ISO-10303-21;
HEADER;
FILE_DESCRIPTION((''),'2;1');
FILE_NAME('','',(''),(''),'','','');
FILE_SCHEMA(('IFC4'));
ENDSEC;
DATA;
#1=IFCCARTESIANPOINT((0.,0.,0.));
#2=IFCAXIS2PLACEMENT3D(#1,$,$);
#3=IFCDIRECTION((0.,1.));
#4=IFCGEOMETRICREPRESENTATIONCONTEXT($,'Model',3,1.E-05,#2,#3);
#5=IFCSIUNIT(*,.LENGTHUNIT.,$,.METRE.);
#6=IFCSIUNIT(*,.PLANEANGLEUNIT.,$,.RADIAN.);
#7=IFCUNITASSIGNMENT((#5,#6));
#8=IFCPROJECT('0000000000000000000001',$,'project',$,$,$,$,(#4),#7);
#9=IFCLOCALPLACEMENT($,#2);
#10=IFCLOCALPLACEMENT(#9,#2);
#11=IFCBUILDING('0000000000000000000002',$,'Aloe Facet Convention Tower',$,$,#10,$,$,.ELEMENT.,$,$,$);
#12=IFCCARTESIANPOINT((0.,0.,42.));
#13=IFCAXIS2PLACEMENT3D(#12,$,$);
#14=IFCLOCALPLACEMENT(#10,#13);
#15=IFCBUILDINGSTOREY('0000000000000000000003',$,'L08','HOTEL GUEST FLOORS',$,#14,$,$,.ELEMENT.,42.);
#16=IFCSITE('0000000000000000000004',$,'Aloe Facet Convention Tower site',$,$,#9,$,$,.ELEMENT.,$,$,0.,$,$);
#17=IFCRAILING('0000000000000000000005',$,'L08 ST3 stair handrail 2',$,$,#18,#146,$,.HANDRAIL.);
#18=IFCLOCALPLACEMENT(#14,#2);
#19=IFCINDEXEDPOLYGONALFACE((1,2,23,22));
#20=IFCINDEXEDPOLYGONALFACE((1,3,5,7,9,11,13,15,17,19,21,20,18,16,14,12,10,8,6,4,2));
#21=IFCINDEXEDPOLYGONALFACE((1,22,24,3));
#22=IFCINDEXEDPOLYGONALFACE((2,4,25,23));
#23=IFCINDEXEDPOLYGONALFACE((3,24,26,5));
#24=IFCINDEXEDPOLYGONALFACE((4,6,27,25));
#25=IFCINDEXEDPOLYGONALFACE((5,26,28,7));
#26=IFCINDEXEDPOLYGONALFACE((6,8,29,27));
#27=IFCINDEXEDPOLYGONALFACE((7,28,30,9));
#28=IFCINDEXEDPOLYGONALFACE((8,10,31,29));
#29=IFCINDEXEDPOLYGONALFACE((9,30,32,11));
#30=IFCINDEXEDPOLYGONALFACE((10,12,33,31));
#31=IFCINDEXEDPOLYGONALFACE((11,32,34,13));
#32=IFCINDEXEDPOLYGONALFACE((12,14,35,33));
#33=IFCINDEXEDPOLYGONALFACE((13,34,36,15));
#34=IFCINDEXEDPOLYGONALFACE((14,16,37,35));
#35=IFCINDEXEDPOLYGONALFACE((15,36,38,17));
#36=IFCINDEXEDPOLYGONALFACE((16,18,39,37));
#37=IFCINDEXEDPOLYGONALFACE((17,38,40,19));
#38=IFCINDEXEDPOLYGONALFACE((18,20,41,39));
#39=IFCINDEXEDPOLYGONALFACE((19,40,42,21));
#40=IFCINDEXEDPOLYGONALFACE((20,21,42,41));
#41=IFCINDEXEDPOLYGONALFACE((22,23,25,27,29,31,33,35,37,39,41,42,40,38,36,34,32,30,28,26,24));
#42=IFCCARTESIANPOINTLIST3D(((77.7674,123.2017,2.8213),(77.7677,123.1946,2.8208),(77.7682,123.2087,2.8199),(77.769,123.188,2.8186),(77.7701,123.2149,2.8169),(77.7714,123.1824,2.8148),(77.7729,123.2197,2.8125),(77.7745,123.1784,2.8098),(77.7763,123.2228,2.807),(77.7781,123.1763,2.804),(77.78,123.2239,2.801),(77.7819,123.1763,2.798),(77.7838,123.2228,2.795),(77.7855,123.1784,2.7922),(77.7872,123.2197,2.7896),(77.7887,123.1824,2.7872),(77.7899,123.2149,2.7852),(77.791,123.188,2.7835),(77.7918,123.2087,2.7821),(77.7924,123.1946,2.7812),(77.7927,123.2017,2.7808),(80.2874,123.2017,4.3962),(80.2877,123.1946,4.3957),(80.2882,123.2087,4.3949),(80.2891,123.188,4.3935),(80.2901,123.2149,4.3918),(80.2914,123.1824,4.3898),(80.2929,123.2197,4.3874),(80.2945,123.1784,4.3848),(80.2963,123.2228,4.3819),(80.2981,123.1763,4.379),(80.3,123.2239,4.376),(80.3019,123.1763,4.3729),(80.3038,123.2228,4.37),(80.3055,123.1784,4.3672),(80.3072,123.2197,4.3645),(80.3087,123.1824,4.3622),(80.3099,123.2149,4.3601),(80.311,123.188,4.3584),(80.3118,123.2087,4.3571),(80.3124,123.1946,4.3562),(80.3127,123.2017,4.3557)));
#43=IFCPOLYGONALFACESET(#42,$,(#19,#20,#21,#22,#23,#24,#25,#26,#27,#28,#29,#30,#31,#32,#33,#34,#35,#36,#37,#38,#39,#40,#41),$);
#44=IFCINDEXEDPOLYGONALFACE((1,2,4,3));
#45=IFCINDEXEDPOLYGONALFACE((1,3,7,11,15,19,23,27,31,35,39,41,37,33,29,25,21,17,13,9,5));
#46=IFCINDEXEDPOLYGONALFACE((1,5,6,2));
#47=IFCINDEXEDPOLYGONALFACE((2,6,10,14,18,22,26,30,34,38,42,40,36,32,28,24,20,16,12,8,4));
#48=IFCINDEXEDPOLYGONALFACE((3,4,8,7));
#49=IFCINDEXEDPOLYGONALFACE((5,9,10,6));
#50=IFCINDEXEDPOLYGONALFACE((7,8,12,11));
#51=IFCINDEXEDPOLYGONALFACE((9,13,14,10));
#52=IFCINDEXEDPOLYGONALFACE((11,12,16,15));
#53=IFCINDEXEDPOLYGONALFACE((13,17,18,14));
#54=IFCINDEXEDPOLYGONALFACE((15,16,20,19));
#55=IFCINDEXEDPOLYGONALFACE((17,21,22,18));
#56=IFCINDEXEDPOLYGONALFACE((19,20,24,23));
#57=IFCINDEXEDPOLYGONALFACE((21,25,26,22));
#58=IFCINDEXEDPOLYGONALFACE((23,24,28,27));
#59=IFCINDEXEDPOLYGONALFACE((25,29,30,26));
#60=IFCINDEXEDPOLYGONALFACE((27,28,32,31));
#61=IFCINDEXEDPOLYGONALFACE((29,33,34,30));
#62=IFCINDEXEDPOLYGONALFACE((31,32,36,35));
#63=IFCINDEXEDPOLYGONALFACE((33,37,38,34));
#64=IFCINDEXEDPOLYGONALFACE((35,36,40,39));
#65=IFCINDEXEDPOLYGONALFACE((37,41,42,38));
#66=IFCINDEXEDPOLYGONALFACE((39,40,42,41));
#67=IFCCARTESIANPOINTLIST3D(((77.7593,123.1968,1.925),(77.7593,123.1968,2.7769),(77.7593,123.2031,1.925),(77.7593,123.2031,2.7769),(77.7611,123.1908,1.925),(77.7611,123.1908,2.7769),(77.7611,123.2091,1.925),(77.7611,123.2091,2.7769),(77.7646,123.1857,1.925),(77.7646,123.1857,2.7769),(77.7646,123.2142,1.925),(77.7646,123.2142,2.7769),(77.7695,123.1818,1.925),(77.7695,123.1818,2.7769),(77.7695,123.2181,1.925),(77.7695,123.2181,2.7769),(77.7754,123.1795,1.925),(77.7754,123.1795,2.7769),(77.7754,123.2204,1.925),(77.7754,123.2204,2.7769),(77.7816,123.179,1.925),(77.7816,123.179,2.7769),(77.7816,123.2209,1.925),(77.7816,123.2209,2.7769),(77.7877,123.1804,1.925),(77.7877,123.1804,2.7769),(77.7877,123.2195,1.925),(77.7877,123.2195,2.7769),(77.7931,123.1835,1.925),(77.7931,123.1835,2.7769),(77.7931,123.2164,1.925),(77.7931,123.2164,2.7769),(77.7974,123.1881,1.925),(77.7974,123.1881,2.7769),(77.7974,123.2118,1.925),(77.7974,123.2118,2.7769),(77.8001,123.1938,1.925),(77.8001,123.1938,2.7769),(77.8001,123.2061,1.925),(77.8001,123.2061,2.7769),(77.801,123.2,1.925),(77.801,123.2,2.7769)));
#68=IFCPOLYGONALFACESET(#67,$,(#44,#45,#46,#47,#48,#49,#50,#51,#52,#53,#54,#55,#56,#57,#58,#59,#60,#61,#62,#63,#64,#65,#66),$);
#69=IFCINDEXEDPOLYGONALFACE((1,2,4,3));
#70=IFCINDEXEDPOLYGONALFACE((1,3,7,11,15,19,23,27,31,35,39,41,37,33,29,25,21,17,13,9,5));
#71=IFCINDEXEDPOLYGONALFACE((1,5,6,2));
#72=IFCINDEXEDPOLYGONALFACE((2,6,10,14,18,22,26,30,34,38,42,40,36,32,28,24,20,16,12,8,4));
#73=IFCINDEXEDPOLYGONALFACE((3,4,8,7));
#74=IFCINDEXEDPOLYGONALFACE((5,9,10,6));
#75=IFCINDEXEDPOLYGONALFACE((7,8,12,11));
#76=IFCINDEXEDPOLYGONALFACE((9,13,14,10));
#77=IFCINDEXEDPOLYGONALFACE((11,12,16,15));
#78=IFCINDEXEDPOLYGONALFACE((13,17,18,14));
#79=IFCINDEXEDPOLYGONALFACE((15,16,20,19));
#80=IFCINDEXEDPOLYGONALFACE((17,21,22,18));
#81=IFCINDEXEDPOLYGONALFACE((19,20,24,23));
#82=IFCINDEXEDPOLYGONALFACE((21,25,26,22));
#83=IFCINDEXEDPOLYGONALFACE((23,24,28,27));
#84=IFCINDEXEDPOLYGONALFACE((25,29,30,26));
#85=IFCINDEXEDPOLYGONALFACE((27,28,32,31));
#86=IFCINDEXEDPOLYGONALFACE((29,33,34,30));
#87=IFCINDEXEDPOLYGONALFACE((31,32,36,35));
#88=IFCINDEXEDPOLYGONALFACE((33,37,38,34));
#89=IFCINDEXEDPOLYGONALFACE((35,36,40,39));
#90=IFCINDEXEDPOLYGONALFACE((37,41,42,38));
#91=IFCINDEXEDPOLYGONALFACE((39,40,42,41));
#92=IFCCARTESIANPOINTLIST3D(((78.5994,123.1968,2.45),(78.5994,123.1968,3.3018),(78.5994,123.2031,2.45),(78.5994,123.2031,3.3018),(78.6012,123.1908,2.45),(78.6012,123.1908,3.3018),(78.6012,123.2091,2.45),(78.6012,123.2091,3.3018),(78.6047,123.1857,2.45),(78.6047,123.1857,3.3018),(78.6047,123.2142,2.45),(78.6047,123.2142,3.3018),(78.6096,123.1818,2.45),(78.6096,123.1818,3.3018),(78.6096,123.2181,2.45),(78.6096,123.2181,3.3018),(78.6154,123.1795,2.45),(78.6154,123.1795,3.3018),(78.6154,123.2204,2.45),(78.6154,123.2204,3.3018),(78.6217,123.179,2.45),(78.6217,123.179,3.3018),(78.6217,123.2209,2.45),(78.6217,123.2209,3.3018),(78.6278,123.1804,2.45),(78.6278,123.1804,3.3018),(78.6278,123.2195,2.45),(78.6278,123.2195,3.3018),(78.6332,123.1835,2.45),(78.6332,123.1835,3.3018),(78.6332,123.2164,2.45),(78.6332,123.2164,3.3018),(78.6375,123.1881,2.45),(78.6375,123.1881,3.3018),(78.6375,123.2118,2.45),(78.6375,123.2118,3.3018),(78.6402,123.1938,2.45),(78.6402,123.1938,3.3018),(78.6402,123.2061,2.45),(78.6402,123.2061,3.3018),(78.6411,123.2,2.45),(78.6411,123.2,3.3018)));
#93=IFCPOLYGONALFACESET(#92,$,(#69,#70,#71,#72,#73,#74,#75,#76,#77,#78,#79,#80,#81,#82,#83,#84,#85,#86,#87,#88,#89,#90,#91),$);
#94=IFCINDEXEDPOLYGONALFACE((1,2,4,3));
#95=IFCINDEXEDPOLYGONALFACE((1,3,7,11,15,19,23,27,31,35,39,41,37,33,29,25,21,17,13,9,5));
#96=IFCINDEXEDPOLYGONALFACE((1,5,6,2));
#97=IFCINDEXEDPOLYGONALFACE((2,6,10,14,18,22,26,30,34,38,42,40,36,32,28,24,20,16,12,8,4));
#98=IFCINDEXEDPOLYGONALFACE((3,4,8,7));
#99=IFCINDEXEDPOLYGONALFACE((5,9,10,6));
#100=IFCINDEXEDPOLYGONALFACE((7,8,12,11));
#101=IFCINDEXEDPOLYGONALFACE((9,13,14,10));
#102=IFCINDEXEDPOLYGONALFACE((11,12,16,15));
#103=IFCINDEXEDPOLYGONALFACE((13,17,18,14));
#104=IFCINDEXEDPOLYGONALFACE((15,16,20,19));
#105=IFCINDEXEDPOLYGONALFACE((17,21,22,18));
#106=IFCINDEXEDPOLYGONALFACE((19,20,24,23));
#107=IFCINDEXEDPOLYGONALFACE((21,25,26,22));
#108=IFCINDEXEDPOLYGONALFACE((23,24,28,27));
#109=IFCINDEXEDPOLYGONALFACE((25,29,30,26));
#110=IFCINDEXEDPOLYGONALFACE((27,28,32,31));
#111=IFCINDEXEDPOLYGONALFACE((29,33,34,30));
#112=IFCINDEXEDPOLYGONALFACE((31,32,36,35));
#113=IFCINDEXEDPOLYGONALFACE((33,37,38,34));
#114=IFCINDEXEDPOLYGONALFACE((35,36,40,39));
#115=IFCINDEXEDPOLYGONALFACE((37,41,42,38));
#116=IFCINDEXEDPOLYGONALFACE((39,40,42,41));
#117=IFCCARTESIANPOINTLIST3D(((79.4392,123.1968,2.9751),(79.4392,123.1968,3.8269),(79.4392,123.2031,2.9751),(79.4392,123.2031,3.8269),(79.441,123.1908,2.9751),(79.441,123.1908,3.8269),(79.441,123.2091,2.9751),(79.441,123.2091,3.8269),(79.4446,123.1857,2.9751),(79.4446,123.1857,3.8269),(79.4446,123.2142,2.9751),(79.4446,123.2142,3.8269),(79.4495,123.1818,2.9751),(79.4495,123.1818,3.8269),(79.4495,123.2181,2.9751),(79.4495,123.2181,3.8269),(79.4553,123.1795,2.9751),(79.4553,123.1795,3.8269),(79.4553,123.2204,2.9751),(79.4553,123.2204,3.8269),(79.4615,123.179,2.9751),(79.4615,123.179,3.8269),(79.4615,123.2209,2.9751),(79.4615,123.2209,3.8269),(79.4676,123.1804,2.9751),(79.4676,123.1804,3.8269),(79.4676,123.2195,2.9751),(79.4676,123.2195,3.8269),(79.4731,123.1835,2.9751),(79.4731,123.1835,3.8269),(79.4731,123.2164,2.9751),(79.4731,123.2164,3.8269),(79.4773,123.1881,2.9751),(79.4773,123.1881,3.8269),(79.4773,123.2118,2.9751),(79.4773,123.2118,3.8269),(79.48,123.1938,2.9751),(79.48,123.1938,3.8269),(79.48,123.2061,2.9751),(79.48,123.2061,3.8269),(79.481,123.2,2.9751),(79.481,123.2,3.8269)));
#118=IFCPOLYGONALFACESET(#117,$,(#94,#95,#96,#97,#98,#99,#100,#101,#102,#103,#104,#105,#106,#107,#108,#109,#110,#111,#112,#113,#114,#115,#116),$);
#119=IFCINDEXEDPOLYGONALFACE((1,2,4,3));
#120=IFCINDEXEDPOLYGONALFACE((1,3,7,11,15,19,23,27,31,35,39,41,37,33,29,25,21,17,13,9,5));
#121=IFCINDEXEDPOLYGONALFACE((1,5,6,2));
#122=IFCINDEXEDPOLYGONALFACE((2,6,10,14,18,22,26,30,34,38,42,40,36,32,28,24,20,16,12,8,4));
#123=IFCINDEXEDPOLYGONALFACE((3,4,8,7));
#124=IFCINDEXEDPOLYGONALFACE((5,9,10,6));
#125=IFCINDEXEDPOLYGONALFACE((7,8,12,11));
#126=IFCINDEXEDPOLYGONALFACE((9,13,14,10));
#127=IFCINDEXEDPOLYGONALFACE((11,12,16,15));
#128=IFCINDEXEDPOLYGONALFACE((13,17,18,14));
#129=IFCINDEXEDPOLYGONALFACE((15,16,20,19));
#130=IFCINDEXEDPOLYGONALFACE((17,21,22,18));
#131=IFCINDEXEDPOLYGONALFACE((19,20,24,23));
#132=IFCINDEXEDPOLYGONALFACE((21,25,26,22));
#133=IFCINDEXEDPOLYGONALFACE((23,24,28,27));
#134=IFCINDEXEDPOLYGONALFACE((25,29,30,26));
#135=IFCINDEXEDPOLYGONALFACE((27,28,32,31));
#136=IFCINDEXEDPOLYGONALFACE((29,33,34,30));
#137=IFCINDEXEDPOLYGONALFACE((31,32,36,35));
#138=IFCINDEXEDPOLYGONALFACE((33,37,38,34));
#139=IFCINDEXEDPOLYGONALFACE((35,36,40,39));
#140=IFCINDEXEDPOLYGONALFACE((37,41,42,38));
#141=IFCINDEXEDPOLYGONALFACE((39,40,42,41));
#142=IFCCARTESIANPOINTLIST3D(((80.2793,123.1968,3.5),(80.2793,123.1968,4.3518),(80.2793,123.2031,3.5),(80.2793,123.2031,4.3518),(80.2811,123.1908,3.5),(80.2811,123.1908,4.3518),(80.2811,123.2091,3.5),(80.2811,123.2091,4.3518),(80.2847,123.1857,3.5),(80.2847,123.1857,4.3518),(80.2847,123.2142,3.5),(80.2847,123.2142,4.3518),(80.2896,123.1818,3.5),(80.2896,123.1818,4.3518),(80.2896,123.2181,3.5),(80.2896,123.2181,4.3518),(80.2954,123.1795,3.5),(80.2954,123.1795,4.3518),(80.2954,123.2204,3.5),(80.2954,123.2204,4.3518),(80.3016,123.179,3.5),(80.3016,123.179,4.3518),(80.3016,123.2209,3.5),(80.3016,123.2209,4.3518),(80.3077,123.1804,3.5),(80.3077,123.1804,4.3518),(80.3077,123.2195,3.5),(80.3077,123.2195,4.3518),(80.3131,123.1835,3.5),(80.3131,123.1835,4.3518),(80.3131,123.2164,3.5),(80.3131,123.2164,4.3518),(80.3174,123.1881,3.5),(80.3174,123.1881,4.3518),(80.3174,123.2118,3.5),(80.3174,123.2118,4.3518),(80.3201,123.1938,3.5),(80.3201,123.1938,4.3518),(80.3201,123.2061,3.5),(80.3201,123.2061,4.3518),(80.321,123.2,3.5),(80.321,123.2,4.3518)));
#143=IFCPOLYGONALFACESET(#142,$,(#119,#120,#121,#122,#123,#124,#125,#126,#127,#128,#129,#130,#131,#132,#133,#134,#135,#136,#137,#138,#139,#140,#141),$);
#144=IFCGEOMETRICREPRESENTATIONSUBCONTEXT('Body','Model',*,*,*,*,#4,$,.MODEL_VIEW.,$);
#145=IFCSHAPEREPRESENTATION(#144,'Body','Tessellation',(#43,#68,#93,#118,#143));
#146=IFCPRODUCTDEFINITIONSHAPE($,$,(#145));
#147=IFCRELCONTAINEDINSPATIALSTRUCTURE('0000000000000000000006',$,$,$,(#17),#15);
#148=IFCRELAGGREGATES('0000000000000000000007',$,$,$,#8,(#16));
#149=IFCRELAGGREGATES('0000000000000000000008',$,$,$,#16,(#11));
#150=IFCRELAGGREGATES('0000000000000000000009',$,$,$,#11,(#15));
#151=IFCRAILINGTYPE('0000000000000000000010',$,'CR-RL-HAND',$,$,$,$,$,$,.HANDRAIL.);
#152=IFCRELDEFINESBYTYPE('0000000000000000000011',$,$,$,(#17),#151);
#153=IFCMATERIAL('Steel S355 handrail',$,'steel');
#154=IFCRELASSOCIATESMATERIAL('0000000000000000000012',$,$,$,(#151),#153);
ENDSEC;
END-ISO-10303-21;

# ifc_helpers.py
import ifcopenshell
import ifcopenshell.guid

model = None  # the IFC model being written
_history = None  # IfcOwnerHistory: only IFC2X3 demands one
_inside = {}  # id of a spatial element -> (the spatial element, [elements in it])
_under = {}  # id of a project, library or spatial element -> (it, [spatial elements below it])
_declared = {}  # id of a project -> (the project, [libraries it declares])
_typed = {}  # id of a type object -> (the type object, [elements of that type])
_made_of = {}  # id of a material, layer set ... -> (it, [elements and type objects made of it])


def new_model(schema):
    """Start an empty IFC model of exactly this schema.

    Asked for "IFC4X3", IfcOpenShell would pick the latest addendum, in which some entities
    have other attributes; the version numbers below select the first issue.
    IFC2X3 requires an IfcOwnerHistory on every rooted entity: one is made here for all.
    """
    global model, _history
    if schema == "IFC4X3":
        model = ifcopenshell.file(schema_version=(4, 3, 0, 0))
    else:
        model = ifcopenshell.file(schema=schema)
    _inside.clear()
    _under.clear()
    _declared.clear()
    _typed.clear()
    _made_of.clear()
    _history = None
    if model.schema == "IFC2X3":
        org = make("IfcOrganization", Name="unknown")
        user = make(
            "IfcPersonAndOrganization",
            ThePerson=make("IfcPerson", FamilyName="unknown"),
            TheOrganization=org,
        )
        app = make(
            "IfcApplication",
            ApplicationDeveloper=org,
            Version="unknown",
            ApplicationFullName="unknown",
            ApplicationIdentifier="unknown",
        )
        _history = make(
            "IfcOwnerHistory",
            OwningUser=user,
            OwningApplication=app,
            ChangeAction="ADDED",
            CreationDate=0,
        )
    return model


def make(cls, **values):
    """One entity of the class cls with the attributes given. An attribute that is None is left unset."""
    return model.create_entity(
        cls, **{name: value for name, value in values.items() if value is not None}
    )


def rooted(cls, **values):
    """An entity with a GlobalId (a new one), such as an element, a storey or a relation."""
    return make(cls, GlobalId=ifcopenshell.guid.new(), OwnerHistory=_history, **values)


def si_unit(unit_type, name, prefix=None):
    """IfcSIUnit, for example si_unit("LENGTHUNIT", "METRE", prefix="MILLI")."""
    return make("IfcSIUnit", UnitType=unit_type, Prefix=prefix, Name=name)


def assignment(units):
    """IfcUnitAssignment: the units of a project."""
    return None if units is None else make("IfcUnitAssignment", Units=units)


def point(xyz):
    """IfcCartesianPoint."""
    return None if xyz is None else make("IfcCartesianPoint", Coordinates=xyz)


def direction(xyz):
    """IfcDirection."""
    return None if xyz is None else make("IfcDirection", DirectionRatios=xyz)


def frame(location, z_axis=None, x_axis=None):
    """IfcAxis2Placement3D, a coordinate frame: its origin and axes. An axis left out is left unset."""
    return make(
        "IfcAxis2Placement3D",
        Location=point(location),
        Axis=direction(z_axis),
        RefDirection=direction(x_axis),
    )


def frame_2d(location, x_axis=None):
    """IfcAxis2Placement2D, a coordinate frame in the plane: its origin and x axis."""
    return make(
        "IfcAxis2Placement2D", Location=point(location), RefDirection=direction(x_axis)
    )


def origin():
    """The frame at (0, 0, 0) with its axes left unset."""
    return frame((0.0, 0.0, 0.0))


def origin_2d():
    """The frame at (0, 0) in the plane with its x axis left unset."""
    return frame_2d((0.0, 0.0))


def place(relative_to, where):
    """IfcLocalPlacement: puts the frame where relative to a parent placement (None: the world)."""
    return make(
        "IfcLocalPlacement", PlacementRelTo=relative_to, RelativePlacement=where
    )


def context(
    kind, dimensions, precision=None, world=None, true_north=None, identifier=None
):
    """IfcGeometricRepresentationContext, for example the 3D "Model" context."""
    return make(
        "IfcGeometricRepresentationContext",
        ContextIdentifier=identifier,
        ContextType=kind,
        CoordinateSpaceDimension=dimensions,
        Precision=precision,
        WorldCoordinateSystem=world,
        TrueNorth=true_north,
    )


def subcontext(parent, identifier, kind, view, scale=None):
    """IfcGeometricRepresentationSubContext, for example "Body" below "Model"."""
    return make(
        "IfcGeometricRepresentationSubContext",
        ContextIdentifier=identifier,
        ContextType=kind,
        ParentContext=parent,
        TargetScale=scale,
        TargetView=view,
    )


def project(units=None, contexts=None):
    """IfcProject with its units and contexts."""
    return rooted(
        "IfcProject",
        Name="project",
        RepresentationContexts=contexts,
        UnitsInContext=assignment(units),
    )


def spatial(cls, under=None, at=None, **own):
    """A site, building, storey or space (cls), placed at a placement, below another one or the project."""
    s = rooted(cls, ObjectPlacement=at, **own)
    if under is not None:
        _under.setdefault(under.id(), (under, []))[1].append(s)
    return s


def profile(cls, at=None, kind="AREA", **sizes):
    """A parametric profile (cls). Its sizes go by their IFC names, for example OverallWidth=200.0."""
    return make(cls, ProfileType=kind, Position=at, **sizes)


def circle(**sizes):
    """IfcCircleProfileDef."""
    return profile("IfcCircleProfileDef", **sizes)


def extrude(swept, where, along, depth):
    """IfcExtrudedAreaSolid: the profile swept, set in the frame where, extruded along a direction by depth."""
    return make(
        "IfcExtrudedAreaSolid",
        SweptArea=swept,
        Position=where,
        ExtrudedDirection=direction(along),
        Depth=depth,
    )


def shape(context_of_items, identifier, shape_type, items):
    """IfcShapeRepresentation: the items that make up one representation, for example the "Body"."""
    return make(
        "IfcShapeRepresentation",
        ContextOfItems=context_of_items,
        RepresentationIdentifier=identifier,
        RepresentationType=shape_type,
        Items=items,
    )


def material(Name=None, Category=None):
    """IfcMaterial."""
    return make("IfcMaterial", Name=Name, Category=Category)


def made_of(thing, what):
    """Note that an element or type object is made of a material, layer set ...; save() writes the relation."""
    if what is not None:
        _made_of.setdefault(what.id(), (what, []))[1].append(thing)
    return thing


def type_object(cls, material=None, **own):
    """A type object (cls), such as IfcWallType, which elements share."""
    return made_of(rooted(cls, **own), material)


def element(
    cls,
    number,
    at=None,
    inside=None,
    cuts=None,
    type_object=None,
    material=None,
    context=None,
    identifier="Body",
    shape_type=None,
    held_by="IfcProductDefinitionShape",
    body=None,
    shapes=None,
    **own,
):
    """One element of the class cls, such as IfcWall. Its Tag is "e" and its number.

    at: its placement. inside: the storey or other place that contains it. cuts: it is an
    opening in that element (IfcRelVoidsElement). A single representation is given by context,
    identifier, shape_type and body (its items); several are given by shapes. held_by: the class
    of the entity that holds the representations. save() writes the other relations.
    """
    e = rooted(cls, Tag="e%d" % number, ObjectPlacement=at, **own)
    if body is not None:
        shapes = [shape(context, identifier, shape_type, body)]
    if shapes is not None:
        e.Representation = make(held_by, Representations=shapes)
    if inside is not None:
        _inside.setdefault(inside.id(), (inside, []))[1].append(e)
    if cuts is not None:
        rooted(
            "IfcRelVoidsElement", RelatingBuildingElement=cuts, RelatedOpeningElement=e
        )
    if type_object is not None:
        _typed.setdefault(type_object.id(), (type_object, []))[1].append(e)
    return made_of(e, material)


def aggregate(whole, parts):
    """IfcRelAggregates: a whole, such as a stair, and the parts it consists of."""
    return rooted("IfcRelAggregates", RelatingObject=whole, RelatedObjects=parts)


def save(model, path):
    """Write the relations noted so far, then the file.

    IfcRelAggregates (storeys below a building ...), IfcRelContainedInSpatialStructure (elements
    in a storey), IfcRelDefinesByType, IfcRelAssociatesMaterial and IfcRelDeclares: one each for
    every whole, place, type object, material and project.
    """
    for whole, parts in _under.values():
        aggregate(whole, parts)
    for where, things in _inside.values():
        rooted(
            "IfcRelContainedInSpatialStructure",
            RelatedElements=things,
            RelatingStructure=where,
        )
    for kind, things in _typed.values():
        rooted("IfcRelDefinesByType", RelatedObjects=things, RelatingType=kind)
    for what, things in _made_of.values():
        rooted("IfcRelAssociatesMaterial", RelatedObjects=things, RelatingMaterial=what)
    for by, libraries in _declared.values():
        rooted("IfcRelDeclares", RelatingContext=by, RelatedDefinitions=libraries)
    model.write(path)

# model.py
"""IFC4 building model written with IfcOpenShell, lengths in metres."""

from ifc_helpers import new_model, si_unit, direction, frame, origin, origin_2d, place, context, subcontext, project, spatial, circle, extrude, material, type_object, element, save


model = new_model("IFC4")

# Units and contexts
model_context = context("Model", 3, precision=1e-05, world=origin(), true_north=direction((0.0, 1.0)))
body_context = subcontext(model_context, "Body", "Model", "MODEL_VIEW")
ifc_project = project(units=[si_unit("LENGTHUNIT", "METRE"), si_unit("PLANEANGLEUNIT", "RADIAN")], contexts=[model_context])

# Site, building, storey
site_placement = place(None, origin())
site = spatial("IfcSite", under=ifc_project, at=site_placement, Name="Aloe Facet Convention Tower site", CompositionType="ELEMENT", RefElevation=0.0)
building_placement = place(site_placement, origin())
building = spatial("IfcBuilding", under=site, at=building_placement, Name="Aloe Facet Convention Tower", CompositionType="ELEMENT")
storey_placement = place(building_placement, frame((0.0, 0.0, 42.0)))
storey = spatial("IfcBuildingStorey", under=building, at=storey_placement, Name="L08", Description="HOTEL GUEST FLOORS", CompositionType="ELEMENT", Elevation=42.0)

# Railing
ifc_material_1 = material(Name="Steel S355 handrail", Category="steel")
railing_type_1 = type_object("IfcRailingType", Name="CR-RL-HAND", PredefinedType="HANDRAIL", material=ifc_material_1)
railing_1_placement = place(storey_placement, frame((77.78, 123.2, 1.925)))
element("IfcRailing", 1, at=railing_1_placement, inside=storey, type_object=railing_type_1, Name="L08 ST3 stair handrail 2", PredefinedType="HANDRAIL", context=body_context, shape_type="SweptSolid", body=[
    extrude(circle(Radius=0.0239, at=origin_2d()), frame((0.0, 0.0, 0.876), z_axis=(0.848008, 0.0, 0.529984), x_axis=(0.0, 1.0, 0.0)), (0.0, 0.0, 1.0), 2.9717),
    extrude(circle(Radius=0.021, at=origin_2d()), origin(), (0.0, 0.0, 1.0), 0.8518),
    extrude(circle(Radius=0.021, at=origin_2d()), frame((0.8401, 0.0, 0.5249)), (0.0, 0.0, 1.0), 0.8518),
    extrude(circle(Radius=0.021, at=origin_2d()), frame((1.6799, 0.0, 1.05)), (0.0, 0.0, 1.0), 0.8518),
    extrude(circle(Radius=0.021, at=origin_2d()), frame((2.52, 0.0, 1.575)), (0.0, 0.0, 1.0), 0.8518),
])

save(model, "model.ifc")
